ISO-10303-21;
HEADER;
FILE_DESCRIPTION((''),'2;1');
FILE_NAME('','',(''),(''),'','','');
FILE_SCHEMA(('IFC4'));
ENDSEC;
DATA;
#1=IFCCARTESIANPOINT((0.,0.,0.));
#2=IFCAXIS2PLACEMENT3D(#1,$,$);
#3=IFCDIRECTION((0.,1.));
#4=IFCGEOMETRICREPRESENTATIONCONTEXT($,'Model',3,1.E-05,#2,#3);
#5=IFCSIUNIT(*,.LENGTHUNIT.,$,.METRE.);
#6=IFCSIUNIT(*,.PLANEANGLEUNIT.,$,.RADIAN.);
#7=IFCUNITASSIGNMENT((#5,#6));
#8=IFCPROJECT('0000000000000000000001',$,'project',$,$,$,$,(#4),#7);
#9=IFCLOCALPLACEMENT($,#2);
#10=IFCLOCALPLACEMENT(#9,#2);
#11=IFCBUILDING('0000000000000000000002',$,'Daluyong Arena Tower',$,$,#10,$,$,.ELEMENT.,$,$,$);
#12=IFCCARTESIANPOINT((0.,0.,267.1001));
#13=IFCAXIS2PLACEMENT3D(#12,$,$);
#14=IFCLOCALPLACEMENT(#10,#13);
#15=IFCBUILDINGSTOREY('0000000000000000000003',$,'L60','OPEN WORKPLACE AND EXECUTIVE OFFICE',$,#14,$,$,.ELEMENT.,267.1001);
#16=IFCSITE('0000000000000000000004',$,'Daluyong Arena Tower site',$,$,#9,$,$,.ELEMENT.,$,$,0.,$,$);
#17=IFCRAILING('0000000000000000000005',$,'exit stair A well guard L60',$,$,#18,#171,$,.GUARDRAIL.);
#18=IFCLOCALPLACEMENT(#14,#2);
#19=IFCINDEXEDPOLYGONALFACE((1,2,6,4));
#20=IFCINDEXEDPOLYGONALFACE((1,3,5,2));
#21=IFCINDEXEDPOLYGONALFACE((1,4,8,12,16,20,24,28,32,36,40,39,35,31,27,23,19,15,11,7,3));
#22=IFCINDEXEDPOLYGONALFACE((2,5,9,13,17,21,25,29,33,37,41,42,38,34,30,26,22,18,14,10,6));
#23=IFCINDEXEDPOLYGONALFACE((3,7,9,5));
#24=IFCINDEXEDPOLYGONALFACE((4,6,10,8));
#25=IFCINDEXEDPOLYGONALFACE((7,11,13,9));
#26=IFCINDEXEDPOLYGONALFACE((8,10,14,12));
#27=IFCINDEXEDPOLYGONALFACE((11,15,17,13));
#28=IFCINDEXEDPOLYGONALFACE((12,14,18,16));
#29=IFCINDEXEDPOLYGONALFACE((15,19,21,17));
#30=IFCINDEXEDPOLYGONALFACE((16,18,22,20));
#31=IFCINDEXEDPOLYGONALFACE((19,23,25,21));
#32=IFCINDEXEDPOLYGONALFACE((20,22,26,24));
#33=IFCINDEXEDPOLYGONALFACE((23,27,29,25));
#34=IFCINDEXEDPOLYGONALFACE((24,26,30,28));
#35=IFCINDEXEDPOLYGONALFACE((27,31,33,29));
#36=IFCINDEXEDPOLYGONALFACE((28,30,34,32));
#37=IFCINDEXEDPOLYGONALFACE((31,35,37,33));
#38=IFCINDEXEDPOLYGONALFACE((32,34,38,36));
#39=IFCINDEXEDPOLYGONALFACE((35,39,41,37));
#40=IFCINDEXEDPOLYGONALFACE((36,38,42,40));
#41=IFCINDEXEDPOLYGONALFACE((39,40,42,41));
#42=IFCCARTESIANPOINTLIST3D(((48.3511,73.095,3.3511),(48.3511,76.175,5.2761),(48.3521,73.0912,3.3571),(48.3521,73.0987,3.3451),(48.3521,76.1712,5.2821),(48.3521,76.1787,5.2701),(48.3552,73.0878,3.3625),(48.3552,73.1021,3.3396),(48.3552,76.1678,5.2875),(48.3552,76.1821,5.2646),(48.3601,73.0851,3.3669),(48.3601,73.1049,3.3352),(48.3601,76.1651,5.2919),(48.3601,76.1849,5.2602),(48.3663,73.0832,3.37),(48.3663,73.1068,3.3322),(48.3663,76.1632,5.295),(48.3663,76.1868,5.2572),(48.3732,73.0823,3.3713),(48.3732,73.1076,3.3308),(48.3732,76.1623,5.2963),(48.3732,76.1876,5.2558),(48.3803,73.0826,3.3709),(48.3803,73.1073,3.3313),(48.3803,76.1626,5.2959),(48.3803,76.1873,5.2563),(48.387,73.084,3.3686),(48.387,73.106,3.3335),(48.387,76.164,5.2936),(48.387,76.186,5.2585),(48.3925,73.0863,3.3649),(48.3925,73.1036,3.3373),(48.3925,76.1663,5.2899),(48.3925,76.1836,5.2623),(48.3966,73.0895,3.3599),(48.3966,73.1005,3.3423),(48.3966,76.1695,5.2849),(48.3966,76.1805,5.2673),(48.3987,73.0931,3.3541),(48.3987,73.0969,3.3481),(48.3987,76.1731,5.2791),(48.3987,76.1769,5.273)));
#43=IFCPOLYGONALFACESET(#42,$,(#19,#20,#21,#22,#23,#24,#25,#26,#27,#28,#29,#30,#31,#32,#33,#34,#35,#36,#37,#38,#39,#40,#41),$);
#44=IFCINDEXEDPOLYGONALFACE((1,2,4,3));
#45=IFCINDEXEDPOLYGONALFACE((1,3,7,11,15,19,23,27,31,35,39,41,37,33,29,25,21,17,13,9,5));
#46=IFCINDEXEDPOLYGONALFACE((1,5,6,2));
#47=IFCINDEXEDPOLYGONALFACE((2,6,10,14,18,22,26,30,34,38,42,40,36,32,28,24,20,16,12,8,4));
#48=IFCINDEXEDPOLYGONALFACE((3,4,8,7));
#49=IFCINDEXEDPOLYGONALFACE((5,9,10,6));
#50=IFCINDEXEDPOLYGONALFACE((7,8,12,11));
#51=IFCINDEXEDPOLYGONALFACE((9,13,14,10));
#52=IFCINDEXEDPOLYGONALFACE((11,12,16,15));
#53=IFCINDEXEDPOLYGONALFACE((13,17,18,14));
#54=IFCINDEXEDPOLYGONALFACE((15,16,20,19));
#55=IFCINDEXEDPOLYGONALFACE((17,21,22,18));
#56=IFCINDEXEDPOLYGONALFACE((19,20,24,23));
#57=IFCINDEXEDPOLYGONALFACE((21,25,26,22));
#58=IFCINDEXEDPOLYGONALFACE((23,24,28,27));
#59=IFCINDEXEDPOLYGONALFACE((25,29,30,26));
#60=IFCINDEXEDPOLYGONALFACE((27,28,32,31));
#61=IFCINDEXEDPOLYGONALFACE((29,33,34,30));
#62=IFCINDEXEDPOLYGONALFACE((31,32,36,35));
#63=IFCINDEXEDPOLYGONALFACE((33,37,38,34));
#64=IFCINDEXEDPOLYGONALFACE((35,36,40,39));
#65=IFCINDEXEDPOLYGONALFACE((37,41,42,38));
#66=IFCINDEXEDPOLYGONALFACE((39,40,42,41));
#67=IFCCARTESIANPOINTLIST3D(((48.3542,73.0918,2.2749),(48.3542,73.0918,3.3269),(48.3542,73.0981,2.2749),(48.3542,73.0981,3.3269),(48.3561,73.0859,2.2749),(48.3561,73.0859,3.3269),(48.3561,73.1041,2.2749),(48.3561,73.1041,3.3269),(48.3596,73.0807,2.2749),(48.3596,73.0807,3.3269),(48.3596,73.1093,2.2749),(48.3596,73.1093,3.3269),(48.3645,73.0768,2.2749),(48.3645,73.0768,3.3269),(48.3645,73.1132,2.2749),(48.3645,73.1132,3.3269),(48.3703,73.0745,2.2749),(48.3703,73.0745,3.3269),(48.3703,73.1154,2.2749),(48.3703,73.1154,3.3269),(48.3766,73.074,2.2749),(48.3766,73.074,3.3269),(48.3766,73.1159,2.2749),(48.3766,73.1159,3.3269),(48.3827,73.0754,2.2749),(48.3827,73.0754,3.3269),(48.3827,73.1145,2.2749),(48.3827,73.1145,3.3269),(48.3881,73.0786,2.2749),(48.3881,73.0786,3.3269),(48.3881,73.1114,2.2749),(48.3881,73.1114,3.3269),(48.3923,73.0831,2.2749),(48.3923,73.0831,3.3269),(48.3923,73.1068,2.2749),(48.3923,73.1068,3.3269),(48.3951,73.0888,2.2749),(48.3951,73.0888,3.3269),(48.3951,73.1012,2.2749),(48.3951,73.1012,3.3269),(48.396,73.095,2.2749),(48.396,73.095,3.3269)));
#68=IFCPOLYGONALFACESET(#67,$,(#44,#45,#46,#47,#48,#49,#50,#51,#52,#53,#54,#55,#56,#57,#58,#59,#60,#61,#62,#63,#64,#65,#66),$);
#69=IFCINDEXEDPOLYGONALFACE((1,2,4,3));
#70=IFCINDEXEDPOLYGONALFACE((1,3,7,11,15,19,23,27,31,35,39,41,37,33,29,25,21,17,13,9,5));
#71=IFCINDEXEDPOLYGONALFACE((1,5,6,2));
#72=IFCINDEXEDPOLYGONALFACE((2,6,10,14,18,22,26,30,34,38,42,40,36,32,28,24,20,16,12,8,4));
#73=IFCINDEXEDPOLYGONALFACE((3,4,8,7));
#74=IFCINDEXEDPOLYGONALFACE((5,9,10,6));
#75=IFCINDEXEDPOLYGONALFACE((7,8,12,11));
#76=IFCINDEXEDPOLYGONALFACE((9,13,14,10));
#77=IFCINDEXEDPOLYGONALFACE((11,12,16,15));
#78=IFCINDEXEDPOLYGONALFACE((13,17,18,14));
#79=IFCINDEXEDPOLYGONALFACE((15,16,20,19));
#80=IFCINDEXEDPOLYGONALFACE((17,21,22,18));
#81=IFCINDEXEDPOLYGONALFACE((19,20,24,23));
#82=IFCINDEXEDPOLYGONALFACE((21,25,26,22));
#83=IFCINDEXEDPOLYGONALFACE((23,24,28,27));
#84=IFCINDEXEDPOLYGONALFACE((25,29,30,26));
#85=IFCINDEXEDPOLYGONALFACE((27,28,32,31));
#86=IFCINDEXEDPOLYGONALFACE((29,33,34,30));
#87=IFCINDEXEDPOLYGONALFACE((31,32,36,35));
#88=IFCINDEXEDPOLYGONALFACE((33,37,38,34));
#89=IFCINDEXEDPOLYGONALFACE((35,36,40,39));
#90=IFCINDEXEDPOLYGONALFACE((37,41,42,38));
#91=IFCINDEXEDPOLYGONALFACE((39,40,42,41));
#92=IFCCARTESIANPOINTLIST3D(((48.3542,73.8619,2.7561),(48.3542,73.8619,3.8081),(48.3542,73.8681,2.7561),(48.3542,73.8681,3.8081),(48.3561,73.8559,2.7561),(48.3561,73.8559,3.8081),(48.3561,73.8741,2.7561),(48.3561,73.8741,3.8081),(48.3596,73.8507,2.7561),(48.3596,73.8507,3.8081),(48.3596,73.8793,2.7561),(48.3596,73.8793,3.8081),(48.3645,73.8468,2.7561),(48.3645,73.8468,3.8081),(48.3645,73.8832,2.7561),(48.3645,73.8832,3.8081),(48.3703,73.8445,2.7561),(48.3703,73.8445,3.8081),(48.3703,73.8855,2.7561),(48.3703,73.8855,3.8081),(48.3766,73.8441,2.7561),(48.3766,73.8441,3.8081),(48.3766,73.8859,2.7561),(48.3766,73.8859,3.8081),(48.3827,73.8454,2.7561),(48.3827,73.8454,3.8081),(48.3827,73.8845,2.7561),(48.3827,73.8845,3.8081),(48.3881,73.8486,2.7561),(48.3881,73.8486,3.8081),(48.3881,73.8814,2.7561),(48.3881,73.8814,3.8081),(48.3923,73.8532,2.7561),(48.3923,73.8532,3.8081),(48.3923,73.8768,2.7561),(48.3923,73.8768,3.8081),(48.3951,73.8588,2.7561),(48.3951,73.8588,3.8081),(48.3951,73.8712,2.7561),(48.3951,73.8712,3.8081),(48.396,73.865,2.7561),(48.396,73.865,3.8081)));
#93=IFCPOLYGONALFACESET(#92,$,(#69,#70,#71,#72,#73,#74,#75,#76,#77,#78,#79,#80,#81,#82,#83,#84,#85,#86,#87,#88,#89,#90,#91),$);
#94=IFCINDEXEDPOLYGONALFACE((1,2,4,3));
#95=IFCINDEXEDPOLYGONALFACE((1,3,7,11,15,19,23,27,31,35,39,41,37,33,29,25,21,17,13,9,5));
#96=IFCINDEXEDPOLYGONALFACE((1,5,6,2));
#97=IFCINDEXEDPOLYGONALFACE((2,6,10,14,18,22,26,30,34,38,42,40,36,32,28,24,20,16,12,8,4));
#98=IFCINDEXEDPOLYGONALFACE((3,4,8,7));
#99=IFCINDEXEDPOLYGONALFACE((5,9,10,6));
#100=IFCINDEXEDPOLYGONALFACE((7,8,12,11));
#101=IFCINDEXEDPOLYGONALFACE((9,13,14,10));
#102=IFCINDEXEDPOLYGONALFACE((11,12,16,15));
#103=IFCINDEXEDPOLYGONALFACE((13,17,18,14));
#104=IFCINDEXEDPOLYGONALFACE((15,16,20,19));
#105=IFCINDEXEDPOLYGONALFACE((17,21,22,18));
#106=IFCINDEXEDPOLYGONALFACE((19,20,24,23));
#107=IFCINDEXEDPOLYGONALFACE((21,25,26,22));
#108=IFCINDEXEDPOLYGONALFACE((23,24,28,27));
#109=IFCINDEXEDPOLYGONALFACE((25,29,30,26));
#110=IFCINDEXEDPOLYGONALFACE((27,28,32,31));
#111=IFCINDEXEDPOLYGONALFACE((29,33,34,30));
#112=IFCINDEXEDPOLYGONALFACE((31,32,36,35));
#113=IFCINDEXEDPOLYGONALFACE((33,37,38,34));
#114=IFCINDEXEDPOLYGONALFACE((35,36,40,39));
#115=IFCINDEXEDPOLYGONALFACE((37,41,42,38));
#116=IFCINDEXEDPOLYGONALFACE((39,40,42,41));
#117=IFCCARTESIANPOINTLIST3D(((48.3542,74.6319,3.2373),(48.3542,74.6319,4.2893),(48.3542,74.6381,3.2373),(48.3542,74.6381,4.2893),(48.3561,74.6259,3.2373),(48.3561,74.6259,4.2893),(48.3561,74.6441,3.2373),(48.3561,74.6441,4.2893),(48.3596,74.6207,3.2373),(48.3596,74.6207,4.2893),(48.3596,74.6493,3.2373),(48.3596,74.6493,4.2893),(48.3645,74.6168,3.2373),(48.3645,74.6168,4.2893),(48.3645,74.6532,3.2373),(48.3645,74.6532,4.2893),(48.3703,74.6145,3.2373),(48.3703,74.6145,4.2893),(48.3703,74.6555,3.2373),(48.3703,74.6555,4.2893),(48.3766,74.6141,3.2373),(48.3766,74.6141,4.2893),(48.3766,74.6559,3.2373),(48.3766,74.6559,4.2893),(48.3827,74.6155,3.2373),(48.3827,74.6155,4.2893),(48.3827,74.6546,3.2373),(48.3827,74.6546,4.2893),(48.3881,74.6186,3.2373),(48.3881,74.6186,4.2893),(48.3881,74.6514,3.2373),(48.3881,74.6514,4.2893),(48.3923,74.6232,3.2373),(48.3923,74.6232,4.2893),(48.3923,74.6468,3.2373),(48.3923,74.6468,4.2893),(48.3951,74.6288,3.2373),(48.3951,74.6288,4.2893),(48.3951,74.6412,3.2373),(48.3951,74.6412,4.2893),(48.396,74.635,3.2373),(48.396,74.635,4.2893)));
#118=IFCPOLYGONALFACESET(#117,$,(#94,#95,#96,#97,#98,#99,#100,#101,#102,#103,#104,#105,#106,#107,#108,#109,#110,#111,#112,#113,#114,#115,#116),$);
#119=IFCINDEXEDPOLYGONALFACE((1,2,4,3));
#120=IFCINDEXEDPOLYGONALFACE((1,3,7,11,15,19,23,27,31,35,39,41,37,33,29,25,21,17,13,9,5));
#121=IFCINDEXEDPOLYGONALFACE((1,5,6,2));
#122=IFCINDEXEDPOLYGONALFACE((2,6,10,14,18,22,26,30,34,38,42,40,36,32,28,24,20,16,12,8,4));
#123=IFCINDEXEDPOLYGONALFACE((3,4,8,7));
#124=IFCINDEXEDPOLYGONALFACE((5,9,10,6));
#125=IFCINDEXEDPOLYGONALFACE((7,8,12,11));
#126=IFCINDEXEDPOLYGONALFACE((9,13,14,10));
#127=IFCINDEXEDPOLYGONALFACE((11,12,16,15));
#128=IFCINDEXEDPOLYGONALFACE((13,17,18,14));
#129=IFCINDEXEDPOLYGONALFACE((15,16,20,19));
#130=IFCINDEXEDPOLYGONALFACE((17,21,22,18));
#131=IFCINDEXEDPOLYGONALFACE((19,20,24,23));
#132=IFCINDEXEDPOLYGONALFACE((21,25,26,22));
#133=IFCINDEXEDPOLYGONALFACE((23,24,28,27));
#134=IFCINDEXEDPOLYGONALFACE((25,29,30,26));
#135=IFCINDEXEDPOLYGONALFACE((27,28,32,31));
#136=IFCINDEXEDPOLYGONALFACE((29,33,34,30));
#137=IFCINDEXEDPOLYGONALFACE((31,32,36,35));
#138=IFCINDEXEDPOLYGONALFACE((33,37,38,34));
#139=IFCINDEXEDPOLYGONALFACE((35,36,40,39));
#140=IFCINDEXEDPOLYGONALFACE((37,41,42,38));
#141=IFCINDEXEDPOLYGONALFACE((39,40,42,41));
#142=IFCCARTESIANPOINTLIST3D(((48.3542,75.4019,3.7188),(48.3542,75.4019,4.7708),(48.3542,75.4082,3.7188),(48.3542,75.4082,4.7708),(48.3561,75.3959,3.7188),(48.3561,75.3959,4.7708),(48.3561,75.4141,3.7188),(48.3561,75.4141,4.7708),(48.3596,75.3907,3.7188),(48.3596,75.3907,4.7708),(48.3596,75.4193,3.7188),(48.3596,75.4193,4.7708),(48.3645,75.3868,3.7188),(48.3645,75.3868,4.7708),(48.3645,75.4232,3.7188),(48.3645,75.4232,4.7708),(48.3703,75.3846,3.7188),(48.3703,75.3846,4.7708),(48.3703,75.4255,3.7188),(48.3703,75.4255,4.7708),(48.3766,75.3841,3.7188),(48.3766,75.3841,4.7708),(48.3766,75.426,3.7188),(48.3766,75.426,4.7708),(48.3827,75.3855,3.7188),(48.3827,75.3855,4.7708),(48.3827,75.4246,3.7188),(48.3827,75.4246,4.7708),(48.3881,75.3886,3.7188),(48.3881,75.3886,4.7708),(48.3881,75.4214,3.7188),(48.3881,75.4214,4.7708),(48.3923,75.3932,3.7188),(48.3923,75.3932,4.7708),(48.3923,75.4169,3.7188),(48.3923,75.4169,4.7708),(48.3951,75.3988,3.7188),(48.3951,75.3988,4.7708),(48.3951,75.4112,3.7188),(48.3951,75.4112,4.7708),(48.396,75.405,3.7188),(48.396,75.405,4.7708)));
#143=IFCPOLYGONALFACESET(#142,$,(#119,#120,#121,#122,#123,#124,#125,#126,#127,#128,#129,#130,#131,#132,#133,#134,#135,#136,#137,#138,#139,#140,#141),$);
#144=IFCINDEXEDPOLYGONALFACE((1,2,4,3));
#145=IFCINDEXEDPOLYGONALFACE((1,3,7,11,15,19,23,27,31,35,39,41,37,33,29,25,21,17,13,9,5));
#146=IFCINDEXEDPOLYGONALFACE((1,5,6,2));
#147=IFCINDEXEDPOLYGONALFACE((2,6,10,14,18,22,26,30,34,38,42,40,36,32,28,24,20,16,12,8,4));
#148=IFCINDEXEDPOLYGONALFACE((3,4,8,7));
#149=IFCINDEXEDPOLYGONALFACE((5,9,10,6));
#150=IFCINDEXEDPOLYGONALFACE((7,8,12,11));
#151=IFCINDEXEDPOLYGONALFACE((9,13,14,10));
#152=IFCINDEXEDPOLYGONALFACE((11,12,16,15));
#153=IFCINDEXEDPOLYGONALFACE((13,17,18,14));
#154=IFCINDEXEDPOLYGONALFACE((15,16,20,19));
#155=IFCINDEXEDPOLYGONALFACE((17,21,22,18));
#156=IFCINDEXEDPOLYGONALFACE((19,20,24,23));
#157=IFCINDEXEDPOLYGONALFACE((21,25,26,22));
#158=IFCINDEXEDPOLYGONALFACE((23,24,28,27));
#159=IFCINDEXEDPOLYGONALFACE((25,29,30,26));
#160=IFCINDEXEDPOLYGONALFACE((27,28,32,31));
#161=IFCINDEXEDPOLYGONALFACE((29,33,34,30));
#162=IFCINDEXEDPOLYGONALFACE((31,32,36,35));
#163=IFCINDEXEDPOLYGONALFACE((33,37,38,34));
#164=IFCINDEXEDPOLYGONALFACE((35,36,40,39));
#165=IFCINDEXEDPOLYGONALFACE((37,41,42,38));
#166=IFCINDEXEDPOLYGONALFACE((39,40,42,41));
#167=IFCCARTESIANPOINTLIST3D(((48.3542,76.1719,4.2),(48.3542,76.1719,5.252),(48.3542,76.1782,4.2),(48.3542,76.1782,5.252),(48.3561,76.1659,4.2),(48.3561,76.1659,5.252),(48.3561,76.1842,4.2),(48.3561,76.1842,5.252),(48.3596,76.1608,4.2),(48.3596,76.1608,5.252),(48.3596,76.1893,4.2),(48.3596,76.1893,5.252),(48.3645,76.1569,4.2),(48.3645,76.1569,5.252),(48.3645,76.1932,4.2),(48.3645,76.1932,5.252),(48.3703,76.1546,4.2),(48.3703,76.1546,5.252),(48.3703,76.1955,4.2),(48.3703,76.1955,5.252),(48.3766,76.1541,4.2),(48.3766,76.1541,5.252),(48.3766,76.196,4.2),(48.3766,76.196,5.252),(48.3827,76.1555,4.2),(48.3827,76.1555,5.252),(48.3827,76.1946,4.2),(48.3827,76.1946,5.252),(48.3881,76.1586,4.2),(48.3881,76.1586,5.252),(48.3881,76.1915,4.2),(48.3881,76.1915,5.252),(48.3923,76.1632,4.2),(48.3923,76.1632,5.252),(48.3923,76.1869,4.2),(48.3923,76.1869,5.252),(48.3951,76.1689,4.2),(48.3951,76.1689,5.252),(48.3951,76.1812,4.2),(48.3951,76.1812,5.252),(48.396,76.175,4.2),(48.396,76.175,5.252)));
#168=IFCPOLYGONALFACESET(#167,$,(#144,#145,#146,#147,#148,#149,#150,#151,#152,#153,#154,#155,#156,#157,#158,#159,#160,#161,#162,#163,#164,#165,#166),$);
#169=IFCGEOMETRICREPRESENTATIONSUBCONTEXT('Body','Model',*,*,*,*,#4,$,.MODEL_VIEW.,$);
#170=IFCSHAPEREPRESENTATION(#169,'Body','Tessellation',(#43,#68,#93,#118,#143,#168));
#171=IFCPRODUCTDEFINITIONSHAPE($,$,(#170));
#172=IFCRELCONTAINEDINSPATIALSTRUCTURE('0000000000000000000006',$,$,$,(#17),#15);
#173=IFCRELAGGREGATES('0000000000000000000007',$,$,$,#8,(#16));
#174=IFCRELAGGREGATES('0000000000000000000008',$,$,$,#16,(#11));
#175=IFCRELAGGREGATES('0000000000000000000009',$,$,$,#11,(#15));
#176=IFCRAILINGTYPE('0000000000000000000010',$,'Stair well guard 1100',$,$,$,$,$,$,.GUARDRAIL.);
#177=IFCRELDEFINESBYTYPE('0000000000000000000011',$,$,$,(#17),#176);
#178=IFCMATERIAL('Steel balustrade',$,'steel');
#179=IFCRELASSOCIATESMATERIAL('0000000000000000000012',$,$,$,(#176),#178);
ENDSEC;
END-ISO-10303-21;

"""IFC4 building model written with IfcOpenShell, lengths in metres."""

from ifc_helpers import new_model, si_unit, direction, frame, origin, origin_2d, place, context, subcontext, project, spatial, circle, extrude, material, type_object, element, save


model = new_model("IFC4")

# Units and contexts
model_context = context("Model", 3, precision=1e-05, world=origin(), true_north=direction((0.0, 1.0)))
body_context = subcontext(model_context, "Body", "Model", "MODEL_VIEW")
ifc_project = project(units=[si_unit("LENGTHUNIT", "METRE"), si_unit("PLANEANGLEUNIT", "RADIAN")], contexts=[model_context])

# Site, building, storey
site_placement = place(None, origin())
site = spatial("IfcSite", under=ifc_project, at=site_placement, Name="Daluyong Arena Tower site", CompositionType="ELEMENT", RefElevation=0.0)
building_placement = place(site_placement, origin())
building = spatial("IfcBuilding", under=site, at=building_placement, Name="Daluyong Arena Tower", CompositionType="ELEMENT")
storey_placement = place(building_placement, frame((0.0, 0.0, 267.1001)))
storey = spatial("IfcBuildingStorey", under=building, at=storey_placement, Name="L60", Description="OPEN WORKPLACE AND EXECUTIVE OFFICE", CompositionType="ELEMENT", Elevation=267.1001)

# Railing
ifc_material_1 = material(Name="Steel balustrade", Category="steel")
railing_type_1 = type_object("IfcRailingType", Name="Stair well guard 1100", PredefinedType="GUARDRAIL", material=ifc_material_1)
railing_1_placement = place(storey_placement, frame((48.375, 73.095, 2.2749)))
element("IfcRailing", 1, at=railing_1_placement, inside=storey, type_object=railing_type_1, Name="exit stair A well guard L60", PredefinedType="GUARDRAIL", context=body_context, shape_type="SweptSolid", body=[
    extrude(circle(Radius=0.0239, at=origin_2d()), frame((0.0, 0.0, 1.0762), z_axis=(0.0, 0.847998, 0.529999), x_axis=(-1.0, 0.0, 0.0)), (0.0, 0.0, 1.0), 3.6321),
    extrude(circle(Radius=0.021, at=origin_2d()), origin(), (0.0, 0.0, 1.0), 1.052),
    extrude(circle(Radius=0.021, at=origin_2d()), frame((0.0, 0.77, 0.4812)), (0.0, 0.0, 1.0), 1.052),
    extrude(circle(Radius=0.021, at=origin_2d()), frame((0.0, 1.54, 0.9624)), (0.0, 0.0, 1.0), 1.052),
    extrude(circle(Radius=0.021, at=origin_2d()), frame((0.0, 2.3101, 1.4438)), (0.0, 0.0, 1.0), 1.052),
    extrude(circle(Radius=0.021, at=origin_2d()), frame((0.0, 3.0801, 1.925)), (0.0, 0.0, 1.0), 1.052),
])

save(model, "model.ifc")
